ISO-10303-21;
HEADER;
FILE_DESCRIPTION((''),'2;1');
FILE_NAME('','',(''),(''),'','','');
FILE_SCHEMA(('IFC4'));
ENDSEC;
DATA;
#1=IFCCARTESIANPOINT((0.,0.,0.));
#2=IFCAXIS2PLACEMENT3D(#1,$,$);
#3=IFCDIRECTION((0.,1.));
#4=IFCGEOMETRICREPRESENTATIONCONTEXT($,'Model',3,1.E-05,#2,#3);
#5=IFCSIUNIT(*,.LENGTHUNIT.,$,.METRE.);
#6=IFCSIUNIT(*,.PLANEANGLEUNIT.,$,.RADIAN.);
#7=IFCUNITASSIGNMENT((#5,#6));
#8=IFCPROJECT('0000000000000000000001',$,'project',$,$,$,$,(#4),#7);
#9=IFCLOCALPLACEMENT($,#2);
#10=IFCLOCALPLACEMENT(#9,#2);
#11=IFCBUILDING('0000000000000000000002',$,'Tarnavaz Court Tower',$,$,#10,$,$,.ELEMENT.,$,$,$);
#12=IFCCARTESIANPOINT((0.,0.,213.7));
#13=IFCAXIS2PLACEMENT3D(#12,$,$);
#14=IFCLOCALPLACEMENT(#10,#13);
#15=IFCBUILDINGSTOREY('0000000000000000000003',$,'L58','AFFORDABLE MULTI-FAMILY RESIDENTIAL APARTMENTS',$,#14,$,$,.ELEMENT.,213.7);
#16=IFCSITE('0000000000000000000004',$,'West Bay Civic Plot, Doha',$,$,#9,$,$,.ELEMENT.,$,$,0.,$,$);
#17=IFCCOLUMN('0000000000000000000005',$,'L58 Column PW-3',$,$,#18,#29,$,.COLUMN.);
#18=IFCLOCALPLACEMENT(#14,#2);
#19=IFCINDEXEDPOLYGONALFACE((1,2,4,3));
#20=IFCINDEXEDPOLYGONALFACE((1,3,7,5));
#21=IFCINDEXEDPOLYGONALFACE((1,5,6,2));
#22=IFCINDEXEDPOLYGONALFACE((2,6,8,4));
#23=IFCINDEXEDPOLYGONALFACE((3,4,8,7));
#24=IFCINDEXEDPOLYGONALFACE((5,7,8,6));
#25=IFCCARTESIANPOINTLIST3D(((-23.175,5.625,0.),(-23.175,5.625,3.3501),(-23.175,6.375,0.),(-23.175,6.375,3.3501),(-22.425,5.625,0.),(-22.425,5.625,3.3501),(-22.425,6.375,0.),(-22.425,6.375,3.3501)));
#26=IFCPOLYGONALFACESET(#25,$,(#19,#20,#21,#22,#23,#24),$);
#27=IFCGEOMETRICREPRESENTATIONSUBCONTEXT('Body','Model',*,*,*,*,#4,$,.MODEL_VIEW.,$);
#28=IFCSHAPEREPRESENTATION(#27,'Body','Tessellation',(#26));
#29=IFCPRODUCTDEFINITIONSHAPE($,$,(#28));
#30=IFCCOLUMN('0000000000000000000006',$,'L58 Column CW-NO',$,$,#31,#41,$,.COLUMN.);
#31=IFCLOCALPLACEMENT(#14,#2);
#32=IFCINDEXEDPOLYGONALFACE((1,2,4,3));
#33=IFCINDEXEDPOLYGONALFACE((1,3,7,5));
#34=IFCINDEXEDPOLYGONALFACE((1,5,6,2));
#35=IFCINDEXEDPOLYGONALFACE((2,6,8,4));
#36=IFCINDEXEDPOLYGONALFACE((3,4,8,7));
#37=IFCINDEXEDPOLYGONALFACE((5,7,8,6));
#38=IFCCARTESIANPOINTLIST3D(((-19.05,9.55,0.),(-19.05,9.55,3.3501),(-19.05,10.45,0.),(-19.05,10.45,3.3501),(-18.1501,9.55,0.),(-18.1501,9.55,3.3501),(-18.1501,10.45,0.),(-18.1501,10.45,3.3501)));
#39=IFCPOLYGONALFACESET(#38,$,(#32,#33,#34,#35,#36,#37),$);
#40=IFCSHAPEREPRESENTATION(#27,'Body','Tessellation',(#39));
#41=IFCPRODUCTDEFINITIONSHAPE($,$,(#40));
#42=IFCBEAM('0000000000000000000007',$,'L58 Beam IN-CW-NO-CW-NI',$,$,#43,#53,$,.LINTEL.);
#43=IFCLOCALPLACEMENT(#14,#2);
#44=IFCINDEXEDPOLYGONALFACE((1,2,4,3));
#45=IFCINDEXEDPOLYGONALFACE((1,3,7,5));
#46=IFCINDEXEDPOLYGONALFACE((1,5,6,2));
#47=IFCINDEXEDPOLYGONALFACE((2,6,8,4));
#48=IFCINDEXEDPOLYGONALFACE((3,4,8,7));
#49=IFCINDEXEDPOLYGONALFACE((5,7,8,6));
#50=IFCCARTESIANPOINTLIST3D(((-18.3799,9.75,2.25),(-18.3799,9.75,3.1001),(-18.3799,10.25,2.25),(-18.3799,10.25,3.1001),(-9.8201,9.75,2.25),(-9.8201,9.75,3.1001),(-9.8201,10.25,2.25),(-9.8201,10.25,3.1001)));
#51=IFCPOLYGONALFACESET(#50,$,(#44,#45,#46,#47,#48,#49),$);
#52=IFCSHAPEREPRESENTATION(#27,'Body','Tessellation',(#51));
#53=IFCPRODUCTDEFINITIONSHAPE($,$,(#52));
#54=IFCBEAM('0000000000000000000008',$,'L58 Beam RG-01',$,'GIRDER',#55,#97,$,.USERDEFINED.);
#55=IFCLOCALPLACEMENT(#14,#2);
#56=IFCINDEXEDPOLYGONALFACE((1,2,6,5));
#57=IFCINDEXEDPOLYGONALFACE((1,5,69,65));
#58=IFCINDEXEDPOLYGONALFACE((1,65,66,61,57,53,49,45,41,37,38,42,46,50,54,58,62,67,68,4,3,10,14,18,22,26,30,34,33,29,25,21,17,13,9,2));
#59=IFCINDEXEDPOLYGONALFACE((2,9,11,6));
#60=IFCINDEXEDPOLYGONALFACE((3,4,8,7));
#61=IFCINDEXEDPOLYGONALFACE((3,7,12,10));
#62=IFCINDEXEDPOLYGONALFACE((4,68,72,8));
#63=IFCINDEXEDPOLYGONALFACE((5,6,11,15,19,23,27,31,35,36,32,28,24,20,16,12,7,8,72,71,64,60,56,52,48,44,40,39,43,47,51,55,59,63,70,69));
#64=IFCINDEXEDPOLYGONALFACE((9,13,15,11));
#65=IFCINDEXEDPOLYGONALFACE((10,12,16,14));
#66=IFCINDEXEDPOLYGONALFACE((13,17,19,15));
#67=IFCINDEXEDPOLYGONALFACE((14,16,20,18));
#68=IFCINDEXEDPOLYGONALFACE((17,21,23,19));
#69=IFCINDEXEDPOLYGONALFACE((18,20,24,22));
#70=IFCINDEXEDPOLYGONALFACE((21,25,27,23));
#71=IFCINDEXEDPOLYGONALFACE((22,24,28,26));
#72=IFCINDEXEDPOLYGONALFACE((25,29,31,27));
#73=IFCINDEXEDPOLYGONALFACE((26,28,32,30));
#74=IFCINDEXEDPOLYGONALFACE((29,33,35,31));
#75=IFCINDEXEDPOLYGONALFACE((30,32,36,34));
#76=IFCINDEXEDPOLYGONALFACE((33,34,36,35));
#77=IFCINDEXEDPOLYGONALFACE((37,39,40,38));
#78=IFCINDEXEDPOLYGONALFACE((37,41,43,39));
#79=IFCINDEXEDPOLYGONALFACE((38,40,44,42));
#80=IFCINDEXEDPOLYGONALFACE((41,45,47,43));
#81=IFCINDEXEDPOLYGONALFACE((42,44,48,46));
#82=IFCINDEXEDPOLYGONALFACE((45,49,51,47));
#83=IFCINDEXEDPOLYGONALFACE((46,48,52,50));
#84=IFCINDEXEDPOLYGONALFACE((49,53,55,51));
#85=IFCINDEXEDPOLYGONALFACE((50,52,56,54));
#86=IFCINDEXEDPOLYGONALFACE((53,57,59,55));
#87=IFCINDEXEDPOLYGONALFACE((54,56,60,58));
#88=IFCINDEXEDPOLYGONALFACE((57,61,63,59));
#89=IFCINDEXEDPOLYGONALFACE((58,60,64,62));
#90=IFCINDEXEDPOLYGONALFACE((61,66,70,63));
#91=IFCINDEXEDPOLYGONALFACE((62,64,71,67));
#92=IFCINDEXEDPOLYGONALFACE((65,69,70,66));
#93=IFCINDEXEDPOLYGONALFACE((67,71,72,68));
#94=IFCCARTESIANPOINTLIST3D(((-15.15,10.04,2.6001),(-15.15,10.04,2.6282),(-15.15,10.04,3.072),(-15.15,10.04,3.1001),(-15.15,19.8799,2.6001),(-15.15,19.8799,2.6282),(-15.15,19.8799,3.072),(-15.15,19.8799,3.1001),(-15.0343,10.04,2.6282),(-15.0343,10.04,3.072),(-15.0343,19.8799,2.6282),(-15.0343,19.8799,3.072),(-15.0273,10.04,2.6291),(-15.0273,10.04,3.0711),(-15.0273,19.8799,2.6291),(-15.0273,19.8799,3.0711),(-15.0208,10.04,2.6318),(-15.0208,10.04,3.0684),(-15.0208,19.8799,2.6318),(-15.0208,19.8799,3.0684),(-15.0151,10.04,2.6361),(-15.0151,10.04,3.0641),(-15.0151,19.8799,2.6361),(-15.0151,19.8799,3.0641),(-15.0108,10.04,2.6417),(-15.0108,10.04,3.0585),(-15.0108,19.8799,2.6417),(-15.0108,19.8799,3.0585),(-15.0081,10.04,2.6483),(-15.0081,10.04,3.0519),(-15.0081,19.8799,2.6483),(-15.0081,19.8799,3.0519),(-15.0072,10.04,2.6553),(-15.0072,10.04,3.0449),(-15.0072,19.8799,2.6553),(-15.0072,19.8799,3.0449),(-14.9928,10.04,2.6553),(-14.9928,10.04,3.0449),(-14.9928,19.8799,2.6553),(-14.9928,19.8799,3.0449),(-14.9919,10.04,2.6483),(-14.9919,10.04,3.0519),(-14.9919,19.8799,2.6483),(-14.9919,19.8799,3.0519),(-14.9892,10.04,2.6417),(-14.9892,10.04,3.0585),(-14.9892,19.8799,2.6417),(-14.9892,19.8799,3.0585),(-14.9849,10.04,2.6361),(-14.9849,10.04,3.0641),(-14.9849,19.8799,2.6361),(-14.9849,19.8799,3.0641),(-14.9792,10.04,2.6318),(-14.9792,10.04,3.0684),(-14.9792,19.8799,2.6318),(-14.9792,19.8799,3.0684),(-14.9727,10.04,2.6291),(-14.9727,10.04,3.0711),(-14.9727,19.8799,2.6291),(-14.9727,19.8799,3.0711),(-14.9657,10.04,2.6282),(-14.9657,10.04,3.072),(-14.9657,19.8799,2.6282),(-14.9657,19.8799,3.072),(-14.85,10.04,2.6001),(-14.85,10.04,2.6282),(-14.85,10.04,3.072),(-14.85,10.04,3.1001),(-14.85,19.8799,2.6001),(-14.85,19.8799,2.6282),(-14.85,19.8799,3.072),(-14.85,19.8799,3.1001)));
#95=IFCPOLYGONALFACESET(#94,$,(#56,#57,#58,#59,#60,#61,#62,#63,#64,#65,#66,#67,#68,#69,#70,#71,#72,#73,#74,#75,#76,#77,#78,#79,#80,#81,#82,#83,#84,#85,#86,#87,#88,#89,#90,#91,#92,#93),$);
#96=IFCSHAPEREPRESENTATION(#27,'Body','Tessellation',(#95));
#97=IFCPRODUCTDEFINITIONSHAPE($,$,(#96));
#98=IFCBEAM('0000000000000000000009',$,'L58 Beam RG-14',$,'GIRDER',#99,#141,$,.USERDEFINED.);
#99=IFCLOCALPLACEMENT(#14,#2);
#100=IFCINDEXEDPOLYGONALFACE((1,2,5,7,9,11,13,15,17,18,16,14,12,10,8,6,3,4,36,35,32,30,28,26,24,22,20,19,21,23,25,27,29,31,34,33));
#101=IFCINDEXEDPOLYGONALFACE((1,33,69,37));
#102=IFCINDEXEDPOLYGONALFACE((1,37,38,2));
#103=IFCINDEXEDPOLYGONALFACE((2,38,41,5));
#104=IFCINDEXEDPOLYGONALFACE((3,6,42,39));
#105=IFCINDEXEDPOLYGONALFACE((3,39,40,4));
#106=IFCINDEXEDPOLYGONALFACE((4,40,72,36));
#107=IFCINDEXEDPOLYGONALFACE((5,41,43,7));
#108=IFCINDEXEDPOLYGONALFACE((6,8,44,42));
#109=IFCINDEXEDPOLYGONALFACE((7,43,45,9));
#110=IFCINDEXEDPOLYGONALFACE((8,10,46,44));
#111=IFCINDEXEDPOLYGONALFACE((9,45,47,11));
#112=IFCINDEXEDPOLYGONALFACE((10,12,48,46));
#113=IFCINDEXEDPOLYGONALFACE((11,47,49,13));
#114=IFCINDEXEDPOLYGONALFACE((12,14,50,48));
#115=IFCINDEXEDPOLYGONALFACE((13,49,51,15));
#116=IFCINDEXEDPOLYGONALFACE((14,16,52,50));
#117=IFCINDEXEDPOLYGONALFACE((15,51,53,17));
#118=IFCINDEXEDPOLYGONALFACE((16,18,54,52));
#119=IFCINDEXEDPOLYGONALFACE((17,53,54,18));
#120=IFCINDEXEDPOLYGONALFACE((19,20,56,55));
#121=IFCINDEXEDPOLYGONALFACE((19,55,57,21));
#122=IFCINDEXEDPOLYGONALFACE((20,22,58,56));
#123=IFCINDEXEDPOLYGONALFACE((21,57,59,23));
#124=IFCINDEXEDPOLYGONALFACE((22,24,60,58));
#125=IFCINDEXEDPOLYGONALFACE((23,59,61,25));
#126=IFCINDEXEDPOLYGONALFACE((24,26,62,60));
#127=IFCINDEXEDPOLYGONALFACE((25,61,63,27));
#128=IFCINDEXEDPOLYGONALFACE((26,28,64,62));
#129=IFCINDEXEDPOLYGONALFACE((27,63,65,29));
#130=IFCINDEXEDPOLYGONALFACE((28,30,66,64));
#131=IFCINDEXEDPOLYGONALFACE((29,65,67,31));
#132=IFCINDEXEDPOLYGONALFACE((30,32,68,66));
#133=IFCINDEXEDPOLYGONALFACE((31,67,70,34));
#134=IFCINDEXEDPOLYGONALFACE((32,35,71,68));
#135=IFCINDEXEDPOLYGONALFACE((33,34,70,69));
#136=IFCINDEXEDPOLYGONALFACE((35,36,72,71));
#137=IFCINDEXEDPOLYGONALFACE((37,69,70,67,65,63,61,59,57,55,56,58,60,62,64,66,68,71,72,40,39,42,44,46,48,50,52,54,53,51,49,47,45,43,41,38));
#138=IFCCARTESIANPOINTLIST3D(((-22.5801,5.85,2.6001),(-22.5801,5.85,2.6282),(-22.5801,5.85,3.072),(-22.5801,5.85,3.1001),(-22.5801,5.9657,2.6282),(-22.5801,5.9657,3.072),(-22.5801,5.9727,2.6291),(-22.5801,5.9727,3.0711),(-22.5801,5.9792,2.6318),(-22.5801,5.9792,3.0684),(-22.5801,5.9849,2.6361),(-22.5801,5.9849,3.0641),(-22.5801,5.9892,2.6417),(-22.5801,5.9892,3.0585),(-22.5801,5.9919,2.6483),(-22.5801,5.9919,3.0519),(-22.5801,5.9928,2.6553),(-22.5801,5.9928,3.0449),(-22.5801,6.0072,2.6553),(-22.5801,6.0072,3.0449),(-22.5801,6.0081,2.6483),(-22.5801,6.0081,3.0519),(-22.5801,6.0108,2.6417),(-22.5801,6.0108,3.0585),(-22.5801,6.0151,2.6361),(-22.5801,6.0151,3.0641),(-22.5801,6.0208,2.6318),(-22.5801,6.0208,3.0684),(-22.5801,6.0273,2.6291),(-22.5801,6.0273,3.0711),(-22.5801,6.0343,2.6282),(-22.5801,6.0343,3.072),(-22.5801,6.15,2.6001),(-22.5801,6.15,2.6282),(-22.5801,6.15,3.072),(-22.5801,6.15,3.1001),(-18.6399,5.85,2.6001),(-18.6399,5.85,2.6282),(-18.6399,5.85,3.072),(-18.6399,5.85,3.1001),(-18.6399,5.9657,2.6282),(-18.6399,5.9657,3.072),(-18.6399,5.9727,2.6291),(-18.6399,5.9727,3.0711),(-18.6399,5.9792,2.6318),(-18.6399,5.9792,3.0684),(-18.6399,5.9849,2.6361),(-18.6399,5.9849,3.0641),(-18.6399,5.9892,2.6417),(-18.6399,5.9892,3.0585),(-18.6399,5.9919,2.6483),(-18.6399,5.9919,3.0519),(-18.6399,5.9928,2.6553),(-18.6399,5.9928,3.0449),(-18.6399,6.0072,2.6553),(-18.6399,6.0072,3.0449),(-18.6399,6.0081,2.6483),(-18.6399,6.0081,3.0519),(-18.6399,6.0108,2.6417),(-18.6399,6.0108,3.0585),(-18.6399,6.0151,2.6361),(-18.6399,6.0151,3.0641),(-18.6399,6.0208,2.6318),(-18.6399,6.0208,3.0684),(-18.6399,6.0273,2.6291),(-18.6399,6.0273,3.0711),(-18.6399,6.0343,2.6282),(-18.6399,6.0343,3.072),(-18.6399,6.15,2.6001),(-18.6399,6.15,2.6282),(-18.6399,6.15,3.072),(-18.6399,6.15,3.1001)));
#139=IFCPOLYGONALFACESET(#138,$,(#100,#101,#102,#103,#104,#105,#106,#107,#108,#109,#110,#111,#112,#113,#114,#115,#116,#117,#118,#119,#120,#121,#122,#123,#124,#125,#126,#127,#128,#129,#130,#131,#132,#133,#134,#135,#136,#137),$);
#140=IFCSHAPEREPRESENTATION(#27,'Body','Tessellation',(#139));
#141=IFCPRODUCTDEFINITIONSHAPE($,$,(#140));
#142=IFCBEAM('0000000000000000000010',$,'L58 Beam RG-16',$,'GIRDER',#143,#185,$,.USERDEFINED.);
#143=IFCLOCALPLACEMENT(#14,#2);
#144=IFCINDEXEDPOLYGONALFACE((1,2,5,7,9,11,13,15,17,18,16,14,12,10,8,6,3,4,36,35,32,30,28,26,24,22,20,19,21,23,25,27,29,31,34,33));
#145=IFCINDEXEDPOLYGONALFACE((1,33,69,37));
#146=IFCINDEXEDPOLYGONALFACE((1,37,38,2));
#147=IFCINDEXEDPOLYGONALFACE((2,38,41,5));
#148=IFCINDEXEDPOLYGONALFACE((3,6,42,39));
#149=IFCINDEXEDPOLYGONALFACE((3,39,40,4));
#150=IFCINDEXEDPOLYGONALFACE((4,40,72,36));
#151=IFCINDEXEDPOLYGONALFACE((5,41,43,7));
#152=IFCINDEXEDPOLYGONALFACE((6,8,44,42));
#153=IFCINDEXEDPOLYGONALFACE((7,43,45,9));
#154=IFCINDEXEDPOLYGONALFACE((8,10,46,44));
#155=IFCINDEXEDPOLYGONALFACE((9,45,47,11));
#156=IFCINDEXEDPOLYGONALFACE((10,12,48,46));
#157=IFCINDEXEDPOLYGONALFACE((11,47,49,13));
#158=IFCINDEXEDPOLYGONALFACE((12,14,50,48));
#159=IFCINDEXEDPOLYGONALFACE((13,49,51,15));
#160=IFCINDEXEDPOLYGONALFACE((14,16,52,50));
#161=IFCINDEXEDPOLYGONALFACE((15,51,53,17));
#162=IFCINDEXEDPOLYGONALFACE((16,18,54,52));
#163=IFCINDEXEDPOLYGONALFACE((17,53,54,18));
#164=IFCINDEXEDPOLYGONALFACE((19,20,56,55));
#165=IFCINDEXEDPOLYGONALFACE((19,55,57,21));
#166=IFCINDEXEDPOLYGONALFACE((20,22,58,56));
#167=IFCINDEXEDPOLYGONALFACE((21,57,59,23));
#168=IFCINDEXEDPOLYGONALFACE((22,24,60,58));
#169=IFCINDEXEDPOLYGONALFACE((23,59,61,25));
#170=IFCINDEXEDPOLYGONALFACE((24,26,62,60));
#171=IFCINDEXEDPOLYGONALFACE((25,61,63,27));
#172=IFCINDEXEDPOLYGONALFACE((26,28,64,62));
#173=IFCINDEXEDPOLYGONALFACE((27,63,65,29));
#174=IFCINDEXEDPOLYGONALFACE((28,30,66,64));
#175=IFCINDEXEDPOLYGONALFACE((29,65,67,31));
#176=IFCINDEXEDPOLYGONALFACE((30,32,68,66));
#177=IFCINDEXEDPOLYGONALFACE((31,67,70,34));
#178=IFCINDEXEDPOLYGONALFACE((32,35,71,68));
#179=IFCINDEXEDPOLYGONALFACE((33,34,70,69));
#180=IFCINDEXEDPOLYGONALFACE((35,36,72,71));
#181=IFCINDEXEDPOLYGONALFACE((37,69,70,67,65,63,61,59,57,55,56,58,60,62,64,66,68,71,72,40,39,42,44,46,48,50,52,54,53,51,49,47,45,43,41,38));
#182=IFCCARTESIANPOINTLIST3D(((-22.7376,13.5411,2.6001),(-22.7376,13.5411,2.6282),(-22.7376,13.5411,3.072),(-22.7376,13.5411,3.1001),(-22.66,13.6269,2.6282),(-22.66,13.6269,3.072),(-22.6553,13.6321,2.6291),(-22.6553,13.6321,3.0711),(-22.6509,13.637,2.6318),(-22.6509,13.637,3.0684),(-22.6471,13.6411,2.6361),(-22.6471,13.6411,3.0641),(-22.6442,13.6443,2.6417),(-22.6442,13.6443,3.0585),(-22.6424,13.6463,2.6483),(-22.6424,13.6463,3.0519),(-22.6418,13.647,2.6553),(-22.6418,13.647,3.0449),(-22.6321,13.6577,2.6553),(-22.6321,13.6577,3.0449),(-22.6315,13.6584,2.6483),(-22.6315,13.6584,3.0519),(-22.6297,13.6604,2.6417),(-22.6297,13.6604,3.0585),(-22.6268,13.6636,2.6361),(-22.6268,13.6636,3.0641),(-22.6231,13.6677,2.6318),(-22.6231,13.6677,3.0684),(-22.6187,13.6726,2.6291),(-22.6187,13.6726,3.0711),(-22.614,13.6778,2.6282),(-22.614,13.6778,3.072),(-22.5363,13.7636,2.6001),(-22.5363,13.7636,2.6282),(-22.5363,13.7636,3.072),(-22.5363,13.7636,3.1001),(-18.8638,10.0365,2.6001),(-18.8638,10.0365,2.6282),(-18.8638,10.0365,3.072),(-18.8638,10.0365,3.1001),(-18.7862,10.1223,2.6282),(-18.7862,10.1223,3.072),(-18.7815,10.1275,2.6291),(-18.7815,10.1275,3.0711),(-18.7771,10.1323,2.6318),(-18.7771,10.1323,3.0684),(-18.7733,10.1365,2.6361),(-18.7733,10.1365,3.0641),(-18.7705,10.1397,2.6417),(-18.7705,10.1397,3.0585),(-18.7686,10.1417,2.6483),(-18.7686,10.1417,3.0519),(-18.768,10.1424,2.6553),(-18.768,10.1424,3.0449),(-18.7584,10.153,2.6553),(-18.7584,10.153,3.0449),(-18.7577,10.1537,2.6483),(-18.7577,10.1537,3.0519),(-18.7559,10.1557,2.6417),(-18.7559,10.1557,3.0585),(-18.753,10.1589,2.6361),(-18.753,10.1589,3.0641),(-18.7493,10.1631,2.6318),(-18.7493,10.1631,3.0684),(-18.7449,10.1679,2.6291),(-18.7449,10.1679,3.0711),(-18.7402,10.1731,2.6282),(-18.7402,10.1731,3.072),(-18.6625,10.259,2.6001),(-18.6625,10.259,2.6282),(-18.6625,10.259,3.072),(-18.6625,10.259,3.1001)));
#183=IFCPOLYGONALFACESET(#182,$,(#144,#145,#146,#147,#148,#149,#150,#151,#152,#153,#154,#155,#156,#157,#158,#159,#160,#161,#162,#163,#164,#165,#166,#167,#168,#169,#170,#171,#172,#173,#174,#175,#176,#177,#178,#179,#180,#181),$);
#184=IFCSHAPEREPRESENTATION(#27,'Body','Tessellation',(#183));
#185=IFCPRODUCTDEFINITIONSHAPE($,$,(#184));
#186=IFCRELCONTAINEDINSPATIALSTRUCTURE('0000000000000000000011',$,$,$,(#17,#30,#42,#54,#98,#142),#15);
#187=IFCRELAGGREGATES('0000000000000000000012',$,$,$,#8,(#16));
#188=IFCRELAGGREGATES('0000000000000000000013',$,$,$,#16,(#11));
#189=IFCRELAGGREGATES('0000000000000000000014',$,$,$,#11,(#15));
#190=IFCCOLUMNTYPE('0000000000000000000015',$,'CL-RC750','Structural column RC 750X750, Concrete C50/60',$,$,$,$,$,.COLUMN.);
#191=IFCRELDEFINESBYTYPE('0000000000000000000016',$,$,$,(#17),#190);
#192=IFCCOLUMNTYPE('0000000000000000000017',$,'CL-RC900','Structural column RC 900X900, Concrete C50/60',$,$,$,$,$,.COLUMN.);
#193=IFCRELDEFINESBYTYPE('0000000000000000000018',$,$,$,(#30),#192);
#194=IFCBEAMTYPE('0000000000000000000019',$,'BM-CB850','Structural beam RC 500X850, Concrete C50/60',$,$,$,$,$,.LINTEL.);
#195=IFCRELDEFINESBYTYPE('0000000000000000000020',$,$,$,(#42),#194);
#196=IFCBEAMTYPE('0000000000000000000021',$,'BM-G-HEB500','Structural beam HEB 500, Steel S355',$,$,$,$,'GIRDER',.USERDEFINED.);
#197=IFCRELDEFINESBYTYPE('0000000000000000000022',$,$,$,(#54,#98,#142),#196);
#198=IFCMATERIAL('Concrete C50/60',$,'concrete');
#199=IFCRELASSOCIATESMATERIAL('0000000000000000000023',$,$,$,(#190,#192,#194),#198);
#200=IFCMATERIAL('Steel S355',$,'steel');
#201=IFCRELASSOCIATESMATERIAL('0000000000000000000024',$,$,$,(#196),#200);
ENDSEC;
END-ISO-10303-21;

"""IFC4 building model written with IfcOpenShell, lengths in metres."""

from ifc_helpers import new_model, si_unit, direction, frame, origin, origin_2d, place, context, subcontext, project, spatial, rectangle, i_section, extrude, material, material_profile, profile_set, type_object, element, save


model = new_model("IFC4")

# Units and contexts
model_context = context("Model", 3, precision=1e-05, world=origin(), true_north=direction((0.0, 1.0)))
body_context = subcontext(model_context, "Body", "Model", "MODEL_VIEW")
ifc_project = project(units=[si_unit("LENGTHUNIT", "METRE"), si_unit("PLANEANGLEUNIT", "RADIAN")], contexts=[model_context])

# Site, building, storey
site_placement = place(None, origin())
site = spatial("IfcSite", under=ifc_project, at=site_placement, Name="West Bay Civic Plot, Doha", CompositionType="ELEMENT", RefElevation=0.0)
building_placement = place(site_placement, origin())
building = spatial("IfcBuilding", under=site, at=building_placement, Name="Tarnavaz Court Tower", CompositionType="ELEMENT")
storey_placement = place(building_placement, frame((0.0, 0.0, 213.7)))
storey = spatial("IfcBuildingStorey", under=building, at=storey_placement, Name="L58", Description="AFFORDABLE MULTI-FAMILY RESIDENTIAL APARTMENTS", CompositionType="ELEMENT", Elevation=213.7)

# Columns
ifc_material_1 = material(Name="Concrete C50/60", Category="concrete")
ifc_material_profile_1 = material_profile(ifc_material_1, rectangle(XDim=0.75, YDim=0.75, at=origin_2d()), Name="RC 750X750")
ifc_profile_set_1 = profile_set([ifc_material_profile_1], Name="Concrete C50/60")
column_type_1 = type_object("IfcColumnType", Name="CL-RC750", Description="Structural column RC 750X750, Concrete C50/60", PredefinedType="COLUMN", material=ifc_profile_set_1)
column_1_placement = place(storey_placement, frame((-22.8, 6.0, 0.0), z_axis=(0.0, 0.0, 1.0), x_axis=(1.0, 0.0, 0.0)))
element("IfcColumn", 1, at=column_1_placement, inside=storey, type_object=column_type_1, Name="L58 Column PW-3", PredefinedType="COLUMN", context=body_context, shape_type="SweptSolid", body=[
    extrude(rectangle(XDim=0.75, YDim=0.75, at=origin_2d()), origin(), (0.0, 0.0, 1.0), 3.3501),
])
ifc_material_profile_2 = material_profile(ifc_material_1, rectangle(XDim=0.8999, YDim=0.8999, at=origin_2d()), Name="RC 900X900")
ifc_profile_set_2 = profile_set([ifc_material_profile_2], Name="Concrete C50/60")
column_type_2 = type_object("IfcColumnType", Name="CL-RC900", Description="Structural column RC 900X900, Concrete C50/60", PredefinedType="COLUMN", material=ifc_profile_set_2)
column_2_placement = place(storey_placement, frame((-18.6001, 10.0, 0.0), z_axis=(0.0, 0.0, 1.0), x_axis=(1.0, 0.0, 0.0)))
element("IfcColumn", 2, at=column_2_placement, inside=storey, type_object=column_type_2, Name="L58 Column CW-NO", PredefinedType="COLUMN", context=body_context, shape_type="SweptSolid", body=[
    extrude(rectangle(XDim=0.8999, YDim=0.8999, at=origin_2d()), origin(), (0.0, 0.0, 1.0), 3.3501),
])

# Beams
ifc_material_profile_3 = material_profile(ifc_material_1, rectangle(XDim=0.5, YDim=0.8501, at=origin_2d()), Name="RC 500X850")
ifc_profile_set_3 = profile_set([ifc_material_profile_3], Name="Concrete C50/60")
beam_type_1 = type_object("IfcBeamType", Name="BM-CB850", Description="Structural beam RC 500X850, Concrete C50/60", PredefinedType="LINTEL", material=ifc_profile_set_3)
beam_1_placement = place(storey_placement, frame((-18.3799, 10.0, 2.675), z_axis=(1.0, 0.0, 0.0), x_axis=(0.0, 1.0, 0.0)))
element("IfcBeam", 3, at=beam_1_placement, inside=storey, type_object=beam_type_1, Name="L58 Beam IN-CW-NO-CW-NI", PredefinedType="LINTEL", context=body_context, shape_type="SweptSolid", body=[
    extrude(rectangle(XDim=0.5, YDim=0.8501, at=origin_2d()), origin(), (0.0, 0.0, 1.0), 8.5598),
])
ifc_material_2 = material(Name="Steel S355", Category="steel")
ifc_material_profile_4 = material_profile(ifc_material_2, i_section(OverallWidth=0.3, OverallDepth=0.5, WebThickness=0.0144, FlangeThickness=0.0281, FilletRadius=0.0271, at=origin_2d()), Name="HEB 500")
ifc_profile_set_4 = profile_set([ifc_material_profile_4], Name="Steel S355")
beam_type_2 = type_object("IfcBeamType", Name="BM-G-HEB500", Description="Structural beam HEB 500, Steel S355", ElementType="GIRDER", PredefinedType="USERDEFINED", material=ifc_profile_set_4)
beam_2_placement = place(storey_placement, frame((-15.0, 10.04, 2.8501), z_axis=(0.0, 1.0, 0.0), x_axis=(-1.0, 0.0, 0.0)))
element("IfcBeam", 4, at=beam_2_placement, inside=storey, type_object=beam_type_2, Name="L58 Beam RG-01", ObjectType="GIRDER", PredefinedType="USERDEFINED", context=body_context, shape_type="SweptSolid", body=[
    extrude(i_section(OverallWidth=0.3, OverallDepth=0.5, WebThickness=0.0144, FlangeThickness=0.0281, FilletRadius=0.0271, at=origin_2d()), origin(), (0.0, 0.0, 1.0), 9.8398),
])
beam_3_placement = place(storey_placement, frame((-18.6399, 6.0, 2.8501), z_axis=(-1.0, 0.0, 0.0), x_axis=(0.0, -1.0, 0.0)))
element("IfcBeam", 5, at=beam_3_placement, inside=storey, type_object=beam_type_2, Name="L58 Beam RG-14", ObjectType="GIRDER", PredefinedType="USERDEFINED", context=body_context, shape_type="SweptSolid", body=[
    extrude(i_section(OverallWidth=0.3, OverallDepth=0.5, WebThickness=0.0144, FlangeThickness=0.0281, FilletRadius=0.0271, at=origin_2d()), origin(), (0.0, 0.0, 1.0), 3.9402),
])
beam_4_placement = place(storey_placement, frame((-18.7632, 10.1477, 2.8501), z_axis=(-0.741556, 0.670891, 0.0), x_axis=(-0.670891, -0.741556, 0.0)))
element("IfcBeam", 6, at=beam_4_placement, inside=storey, type_object=beam_type_2, Name="L58 Beam RG-16", ObjectType="GIRDER", PredefinedType="USERDEFINED", context=body_context, shape_type="SweptSolid", body=[
    extrude(i_section(OverallWidth=0.3, OverallDepth=0.5, WebThickness=0.0144, FlangeThickness=0.0281, FilletRadius=0.0271, at=origin_2d()), origin(), (0.0, 0.0, 1.0), 5.2239),
])

save(model, "model.ifc")
